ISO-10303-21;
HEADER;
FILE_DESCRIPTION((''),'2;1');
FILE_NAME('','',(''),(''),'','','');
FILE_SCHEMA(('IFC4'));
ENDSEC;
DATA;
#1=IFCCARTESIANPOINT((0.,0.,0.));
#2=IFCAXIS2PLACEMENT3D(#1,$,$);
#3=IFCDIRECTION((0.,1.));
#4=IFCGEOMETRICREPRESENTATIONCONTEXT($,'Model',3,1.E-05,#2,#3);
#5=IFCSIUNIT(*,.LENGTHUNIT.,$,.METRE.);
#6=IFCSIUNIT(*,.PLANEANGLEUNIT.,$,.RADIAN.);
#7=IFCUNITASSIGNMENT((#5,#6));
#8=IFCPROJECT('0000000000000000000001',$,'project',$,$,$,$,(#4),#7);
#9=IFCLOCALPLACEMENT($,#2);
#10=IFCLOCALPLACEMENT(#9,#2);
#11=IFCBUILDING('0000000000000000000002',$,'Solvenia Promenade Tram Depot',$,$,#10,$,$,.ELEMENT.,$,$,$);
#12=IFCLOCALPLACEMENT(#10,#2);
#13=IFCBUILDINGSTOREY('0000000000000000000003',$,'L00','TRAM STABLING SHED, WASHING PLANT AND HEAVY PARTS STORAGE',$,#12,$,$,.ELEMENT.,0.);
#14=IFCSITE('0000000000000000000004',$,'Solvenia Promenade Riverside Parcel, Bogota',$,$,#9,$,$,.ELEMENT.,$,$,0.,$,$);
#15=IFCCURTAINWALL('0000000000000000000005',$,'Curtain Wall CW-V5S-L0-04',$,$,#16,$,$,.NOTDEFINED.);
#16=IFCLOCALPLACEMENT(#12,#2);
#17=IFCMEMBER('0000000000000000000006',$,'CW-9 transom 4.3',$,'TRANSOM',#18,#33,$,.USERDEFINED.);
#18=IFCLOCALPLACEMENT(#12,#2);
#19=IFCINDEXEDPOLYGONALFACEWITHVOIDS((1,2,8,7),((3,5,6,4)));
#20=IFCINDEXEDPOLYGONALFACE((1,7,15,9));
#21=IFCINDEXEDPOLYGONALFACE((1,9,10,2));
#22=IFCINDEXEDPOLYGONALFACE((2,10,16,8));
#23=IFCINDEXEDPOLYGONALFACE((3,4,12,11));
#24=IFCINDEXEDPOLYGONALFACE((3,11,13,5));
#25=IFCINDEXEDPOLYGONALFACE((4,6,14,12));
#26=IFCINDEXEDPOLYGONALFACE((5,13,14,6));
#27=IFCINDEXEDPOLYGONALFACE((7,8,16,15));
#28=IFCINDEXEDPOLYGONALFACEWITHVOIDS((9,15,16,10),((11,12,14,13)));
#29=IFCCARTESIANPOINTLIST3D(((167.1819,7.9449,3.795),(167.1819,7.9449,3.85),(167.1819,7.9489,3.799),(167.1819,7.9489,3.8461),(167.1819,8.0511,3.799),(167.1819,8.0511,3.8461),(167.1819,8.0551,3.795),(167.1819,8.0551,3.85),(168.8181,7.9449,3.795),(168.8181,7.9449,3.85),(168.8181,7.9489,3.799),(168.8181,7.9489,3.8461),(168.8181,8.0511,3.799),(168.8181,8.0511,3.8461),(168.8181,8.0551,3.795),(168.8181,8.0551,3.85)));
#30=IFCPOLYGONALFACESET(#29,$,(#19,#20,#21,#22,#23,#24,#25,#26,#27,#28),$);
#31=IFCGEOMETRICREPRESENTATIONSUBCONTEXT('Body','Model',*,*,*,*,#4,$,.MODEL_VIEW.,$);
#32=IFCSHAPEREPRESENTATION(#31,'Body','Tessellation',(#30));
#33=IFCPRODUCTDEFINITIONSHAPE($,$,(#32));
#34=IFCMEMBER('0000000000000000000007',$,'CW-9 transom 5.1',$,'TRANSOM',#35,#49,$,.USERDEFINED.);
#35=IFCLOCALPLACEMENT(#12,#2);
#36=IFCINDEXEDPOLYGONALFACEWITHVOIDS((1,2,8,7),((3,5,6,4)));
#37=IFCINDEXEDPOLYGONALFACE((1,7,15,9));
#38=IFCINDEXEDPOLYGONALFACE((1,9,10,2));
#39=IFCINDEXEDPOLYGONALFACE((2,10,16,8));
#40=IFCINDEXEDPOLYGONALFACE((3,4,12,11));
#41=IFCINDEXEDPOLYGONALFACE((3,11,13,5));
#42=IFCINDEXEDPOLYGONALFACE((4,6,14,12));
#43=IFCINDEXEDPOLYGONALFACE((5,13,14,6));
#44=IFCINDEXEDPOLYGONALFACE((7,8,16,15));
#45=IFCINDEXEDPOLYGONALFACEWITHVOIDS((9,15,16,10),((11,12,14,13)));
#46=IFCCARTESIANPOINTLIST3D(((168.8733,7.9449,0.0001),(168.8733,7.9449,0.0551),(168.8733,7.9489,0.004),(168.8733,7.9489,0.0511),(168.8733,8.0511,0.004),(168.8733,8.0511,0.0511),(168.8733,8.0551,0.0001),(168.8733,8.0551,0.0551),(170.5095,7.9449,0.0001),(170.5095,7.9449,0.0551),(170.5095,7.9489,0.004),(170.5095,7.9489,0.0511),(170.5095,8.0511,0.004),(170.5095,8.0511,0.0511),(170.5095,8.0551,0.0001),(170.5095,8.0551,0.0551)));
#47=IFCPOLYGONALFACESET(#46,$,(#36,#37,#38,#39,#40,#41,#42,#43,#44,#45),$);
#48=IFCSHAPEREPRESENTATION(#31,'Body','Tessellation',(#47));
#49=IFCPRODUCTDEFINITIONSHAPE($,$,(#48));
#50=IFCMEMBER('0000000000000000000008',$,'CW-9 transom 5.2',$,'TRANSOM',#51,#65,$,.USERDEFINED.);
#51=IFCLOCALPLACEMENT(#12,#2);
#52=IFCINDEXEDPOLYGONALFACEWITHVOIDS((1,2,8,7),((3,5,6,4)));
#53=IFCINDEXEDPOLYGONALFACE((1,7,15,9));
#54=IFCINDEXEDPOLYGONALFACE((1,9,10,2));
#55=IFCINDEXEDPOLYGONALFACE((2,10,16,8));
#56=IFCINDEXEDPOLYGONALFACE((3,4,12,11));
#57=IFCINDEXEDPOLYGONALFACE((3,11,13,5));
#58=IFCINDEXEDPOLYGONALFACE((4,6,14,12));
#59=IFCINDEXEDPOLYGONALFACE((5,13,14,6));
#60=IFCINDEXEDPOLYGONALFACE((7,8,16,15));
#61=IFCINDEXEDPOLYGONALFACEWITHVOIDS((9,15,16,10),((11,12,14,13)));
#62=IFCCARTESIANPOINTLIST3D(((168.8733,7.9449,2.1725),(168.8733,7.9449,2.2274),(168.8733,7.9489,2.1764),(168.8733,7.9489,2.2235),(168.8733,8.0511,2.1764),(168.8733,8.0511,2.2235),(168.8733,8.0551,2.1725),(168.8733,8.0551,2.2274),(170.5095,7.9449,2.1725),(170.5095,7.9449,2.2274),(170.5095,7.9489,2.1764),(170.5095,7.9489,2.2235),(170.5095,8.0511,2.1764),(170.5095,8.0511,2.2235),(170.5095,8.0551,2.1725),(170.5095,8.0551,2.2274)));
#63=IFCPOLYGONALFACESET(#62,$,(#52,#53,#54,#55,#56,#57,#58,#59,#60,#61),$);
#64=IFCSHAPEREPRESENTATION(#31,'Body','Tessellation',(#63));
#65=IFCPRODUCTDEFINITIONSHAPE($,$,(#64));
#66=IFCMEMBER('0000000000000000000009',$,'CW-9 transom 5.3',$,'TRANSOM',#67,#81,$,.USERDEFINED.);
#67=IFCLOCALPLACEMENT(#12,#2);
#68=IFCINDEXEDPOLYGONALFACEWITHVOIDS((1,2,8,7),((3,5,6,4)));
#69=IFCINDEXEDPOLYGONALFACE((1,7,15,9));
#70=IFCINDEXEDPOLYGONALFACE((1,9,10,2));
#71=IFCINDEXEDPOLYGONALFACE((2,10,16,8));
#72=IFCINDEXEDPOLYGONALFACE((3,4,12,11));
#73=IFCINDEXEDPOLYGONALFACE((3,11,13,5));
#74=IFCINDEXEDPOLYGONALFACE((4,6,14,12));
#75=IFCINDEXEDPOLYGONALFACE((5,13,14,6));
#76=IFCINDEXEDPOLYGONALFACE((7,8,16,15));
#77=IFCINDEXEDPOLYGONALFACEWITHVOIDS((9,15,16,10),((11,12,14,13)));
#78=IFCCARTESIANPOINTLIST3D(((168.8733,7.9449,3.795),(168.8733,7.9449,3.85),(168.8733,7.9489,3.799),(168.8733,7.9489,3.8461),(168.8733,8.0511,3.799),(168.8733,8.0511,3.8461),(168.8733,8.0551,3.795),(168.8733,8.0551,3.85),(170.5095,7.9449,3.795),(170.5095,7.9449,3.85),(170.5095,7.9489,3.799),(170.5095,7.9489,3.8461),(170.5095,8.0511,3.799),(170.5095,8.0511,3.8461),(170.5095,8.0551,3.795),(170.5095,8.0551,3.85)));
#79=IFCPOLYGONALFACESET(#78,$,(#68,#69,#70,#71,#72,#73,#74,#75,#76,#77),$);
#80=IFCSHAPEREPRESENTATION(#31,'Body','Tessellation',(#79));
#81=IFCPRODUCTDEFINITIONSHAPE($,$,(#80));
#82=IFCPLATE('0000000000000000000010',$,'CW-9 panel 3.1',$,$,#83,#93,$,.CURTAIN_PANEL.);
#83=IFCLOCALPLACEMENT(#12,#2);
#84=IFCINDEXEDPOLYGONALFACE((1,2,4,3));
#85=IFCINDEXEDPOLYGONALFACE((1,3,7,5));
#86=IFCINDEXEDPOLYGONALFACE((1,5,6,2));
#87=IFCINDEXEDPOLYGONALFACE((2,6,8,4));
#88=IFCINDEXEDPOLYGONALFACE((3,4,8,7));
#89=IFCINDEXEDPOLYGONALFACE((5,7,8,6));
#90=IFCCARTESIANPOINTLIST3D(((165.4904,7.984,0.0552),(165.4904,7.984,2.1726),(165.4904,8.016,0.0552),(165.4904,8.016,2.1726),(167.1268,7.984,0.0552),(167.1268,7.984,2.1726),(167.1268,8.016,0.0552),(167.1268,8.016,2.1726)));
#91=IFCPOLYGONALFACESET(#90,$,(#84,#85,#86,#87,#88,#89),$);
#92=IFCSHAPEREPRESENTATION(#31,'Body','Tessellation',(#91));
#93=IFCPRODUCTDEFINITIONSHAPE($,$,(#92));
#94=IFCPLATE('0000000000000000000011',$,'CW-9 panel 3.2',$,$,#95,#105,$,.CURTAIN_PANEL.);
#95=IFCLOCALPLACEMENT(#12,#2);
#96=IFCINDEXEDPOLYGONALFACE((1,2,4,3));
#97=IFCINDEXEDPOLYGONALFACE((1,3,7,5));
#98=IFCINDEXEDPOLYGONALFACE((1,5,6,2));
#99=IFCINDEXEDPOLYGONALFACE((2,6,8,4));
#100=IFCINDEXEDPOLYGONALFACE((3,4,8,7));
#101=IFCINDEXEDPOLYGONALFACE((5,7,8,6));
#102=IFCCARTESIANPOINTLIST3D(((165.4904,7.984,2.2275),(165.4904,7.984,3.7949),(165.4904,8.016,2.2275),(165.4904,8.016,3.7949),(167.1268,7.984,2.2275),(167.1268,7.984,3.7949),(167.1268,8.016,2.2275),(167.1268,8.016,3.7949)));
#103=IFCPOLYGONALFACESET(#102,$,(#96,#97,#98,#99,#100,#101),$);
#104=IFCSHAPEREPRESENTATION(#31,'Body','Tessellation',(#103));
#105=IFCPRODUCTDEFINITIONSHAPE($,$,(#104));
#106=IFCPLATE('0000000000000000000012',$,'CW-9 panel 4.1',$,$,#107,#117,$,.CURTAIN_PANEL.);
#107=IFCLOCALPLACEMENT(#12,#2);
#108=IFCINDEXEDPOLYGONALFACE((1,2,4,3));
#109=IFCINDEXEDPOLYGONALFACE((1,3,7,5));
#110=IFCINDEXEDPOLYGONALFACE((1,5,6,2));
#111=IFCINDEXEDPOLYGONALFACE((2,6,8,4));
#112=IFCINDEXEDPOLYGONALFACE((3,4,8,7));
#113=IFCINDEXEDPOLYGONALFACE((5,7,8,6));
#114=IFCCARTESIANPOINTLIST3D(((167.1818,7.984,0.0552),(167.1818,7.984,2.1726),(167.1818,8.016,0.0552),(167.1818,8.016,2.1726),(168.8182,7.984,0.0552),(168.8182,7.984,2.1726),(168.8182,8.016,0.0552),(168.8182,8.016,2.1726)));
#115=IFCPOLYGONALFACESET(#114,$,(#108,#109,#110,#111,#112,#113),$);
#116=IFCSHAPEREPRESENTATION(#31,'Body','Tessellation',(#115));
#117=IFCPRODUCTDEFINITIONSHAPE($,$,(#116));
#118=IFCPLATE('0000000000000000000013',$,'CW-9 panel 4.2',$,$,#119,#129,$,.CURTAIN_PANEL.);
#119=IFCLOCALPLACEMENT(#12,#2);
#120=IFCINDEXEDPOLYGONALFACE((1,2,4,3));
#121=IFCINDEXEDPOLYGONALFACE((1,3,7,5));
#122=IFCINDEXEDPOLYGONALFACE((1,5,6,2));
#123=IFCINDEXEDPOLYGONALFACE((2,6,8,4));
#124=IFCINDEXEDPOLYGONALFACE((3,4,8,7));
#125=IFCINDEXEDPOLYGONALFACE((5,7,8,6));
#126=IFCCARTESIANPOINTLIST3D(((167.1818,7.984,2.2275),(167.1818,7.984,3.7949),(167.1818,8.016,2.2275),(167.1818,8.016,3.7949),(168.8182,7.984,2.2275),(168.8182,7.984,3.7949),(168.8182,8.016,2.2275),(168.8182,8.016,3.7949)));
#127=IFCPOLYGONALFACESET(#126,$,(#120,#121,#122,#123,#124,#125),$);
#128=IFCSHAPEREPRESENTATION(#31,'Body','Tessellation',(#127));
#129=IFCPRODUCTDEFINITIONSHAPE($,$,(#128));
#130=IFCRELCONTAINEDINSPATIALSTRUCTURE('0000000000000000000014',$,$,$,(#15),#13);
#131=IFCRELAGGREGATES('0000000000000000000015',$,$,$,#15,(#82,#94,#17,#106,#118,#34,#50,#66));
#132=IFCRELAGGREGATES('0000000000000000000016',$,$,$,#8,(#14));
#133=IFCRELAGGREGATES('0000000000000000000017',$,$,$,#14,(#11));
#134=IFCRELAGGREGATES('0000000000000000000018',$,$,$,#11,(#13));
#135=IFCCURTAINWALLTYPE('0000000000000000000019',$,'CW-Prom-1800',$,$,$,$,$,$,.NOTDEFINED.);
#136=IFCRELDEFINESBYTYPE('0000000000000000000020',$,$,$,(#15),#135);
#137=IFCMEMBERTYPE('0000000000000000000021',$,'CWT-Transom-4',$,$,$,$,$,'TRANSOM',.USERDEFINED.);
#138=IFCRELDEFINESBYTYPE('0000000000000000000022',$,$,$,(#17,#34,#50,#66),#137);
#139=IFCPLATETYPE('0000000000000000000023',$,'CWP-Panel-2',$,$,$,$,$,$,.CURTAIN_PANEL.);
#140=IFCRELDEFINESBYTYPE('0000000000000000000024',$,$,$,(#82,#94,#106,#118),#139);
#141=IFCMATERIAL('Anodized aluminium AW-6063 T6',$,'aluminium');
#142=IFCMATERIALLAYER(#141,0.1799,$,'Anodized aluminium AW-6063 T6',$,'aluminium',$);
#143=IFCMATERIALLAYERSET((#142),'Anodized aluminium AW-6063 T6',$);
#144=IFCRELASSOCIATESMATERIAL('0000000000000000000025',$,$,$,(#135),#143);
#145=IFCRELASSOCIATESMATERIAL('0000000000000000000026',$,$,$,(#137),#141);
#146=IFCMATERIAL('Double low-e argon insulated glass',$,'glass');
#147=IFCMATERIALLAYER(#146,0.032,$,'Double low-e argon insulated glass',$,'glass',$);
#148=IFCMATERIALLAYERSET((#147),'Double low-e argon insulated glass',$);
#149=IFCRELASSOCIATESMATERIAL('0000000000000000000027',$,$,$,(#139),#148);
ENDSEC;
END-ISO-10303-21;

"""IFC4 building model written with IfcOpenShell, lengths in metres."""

from ifc_helpers import new_model, si_unit, direction, frame, origin, origin_2d, place, context, subcontext, project, spatial, rectangle, hollow_rectangle, extrude, material, layer, layer_set, material_profile, profile_set, type_object, element, aggregate, save


model = new_model("IFC4")

# Units and contexts
model_context = context("Model", 3, precision=1e-05, world=origin(), true_north=direction((0.0, 1.0)))
body_context = subcontext(model_context, "Body", "Model", "MODEL_VIEW")
ifc_project = project(units=[si_unit("LENGTHUNIT", "METRE"), si_unit("PLANEANGLEUNIT", "RADIAN")], contexts=[model_context])

# Site, building, storey
site_placement = place(None, origin())
site = spatial("IfcSite", under=ifc_project, at=site_placement, Name="Solvenia Promenade Riverside Parcel, Bogota", CompositionType="ELEMENT", RefElevation=0.0)
building_placement = place(site_placement, origin())
building = spatial("IfcBuilding", under=site, at=building_placement, Name="Solvenia Promenade Tram Depot", CompositionType="ELEMENT")
storey_placement = place(building_placement, origin())
storey = spatial("IfcBuildingStorey", under=building, at=storey_placement, Name="L00", Description="TRAM STABLING SHED, WASHING PLANT AND HEAVY PARTS STORAGE", CompositionType="ELEMENT", Elevation=0.0)

# Curtain wall, members, plates
ifc_material_1 = material(Name="Anodized aluminium AW-6063 T6", Category="aluminium")
ifc_layer_1 = layer(ifc_material_1, 0.1799, Name="Anodized aluminium AW-6063 T6", Category="aluminium")
ifc_layer_set_1 = layer_set([ifc_layer_1], Name="Anodized aluminium AW-6063 T6")
curtain_wall_type = type_object("IfcCurtainWallType", Name="CW-Prom-1800", PredefinedType="NOTDEFINED", material=ifc_layer_set_1)
curtain_wall_placement = place(storey_placement, origin())
curtain_wall = element("IfcCurtainWall", 1, at=curtain_wall_placement, inside=storey, type_object=curtain_wall_type, Name="Curtain Wall CW-V5S-L0-04", PredefinedType="NOTDEFINED")
ifc_material_profile_1 = material_profile(ifc_material_1, hollow_rectangle(XDim=0.1101, YDim=0.0549, WallThickness=0.0039, at=origin_2d()), Name="ALU-T4", Category="aluminium")
ifc_profile_set_1 = profile_set([ifc_material_profile_1], Name="Anodized aluminium AW-6063 T6")
member_type_1 = type_object("IfcMemberType", Name="CWT-Transom-4", ElementType="TRANSOM", PredefinedType="USERDEFINED", material=ifc_profile_set_1)
member_1_placement = place(storey_placement, frame((167.1819, 8.0, 3.8225), z_axis=(1.0, 0.0, 0.0), x_axis=(0.0, 1.0, 0.0)))
member_1 = element("IfcMember", 2, at=member_1_placement, type_object=member_type_1, Name="CW-9 transom 4.3", ObjectType="TRANSOM", PredefinedType="USERDEFINED", context=body_context, shape_type="SweptSolid", body=[
    extrude(hollow_rectangle(XDim=0.1101, YDim=0.0549, WallThickness=0.0039, at=origin_2d()), origin(), (0.0, 0.0, 1.0), 1.6362),
])
member_2_placement = place(storey_placement, frame((168.8733, 8.0, 0.0276), z_axis=(1.0, 0.0, 0.0), x_axis=(0.0, 1.0, 0.0)))
member_2 = element("IfcMember", 3, at=member_2_placement, type_object=member_type_1, Name="CW-9 transom 5.1", ObjectType="TRANSOM", PredefinedType="USERDEFINED", context=body_context, shape_type="SweptSolid", body=[
    extrude(hollow_rectangle(XDim=0.1101, YDim=0.0549, WallThickness=0.0039, at=origin_2d()), origin(), (0.0, 0.0, 1.0), 1.6362),
])
member_3_placement = place(storey_placement, frame((168.8733, 8.0, 2.2), z_axis=(1.0, 0.0, 0.0), x_axis=(0.0, 1.0, 0.0)))
member_3 = element("IfcMember", 4, at=member_3_placement, type_object=member_type_1, Name="CW-9 transom 5.2", ObjectType="TRANSOM", PredefinedType="USERDEFINED", context=body_context, shape_type="SweptSolid", body=[
    extrude(hollow_rectangle(XDim=0.1101, YDim=0.0549, WallThickness=0.0039, at=origin_2d()), origin(), (0.0, 0.0, 1.0), 1.6362),
])
member_4_placement = place(storey_placement, frame((168.8733, 8.0, 3.8225), z_axis=(1.0, 0.0, 0.0), x_axis=(0.0, 1.0, 0.0)))
member_4 = element("IfcMember", 5, at=member_4_placement, type_object=member_type_1, Name="CW-9 transom 5.3", ObjectType="TRANSOM", PredefinedType="USERDEFINED", context=body_context, shape_type="SweptSolid", body=[
    extrude(hollow_rectangle(XDim=0.1101, YDim=0.0549, WallThickness=0.0039, at=origin_2d()), origin(), (0.0, 0.0, 1.0), 1.6362),
])
ifc_material_2 = material(Name="Double low-e argon insulated glass", Category="glass")
ifc_layer_2 = layer(ifc_material_2, 0.032, Name="Double low-e argon insulated glass", Category="glass")
ifc_layer_set_2 = layer_set([ifc_layer_2], Name="Double low-e argon insulated glass")
plate_type = type_object("IfcPlateType", Name="CWP-Panel-2", PredefinedType="CURTAIN_PANEL", material=ifc_layer_set_2)
plate_1_placement = place(storey_placement, frame((166.3086, 8.0, 0.0552), z_axis=(0.0, 0.0, 1.0), x_axis=(1.0, 0.0, 0.0)))
plate_1 = element("IfcPlate", 6, at=plate_1_placement, type_object=plate_type, Name="CW-9 panel 3.1", PredefinedType="CURTAIN_PANEL", context=body_context, shape_type="SweptSolid", body=[
    extrude(rectangle(XDim=1.6365, YDim=0.032, at=origin_2d()), origin(), (0.0, 0.0, 1.0), 2.1174),
])
plate_2_placement = place(storey_placement, frame((166.3086, 8.0, 2.2275), z_axis=(0.0, 0.0, 1.0), x_axis=(1.0, 0.0, 0.0)))
plate_2 = element("IfcPlate", 7, at=plate_2_placement, type_object=plate_type, Name="CW-9 panel 3.2", PredefinedType="CURTAIN_PANEL", context=body_context, shape_type="SweptSolid", body=[
    extrude(rectangle(XDim=1.6365, YDim=0.032, at=origin_2d()), origin(), (0.0, 0.0, 1.0), 1.5674),
])
plate_3_placement = place(storey_placement, frame((168.0, 8.0, 0.0552), z_axis=(0.0, 0.0, 1.0), x_axis=(1.0, 0.0, 0.0)))
plate_3 = element("IfcPlate", 8, at=plate_3_placement, type_object=plate_type, Name="CW-9 panel 4.1", PredefinedType="CURTAIN_PANEL", context=body_context, shape_type="SweptSolid", body=[
    extrude(rectangle(XDim=1.6365, YDim=0.032, at=origin_2d()), origin(), (0.0, 0.0, 1.0), 2.1174),
])
plate_4_placement = place(storey_placement, frame((168.0, 8.0, 2.2275), z_axis=(0.0, 0.0, 1.0), x_axis=(1.0, 0.0, 0.0)))
plate_4 = element("IfcPlate", 9, at=plate_4_placement, type_object=plate_type, Name="CW-9 panel 4.2", PredefinedType="CURTAIN_PANEL", context=body_context, shape_type="SweptSolid", body=[
    extrude(rectangle(XDim=1.6365, YDim=0.032, at=origin_2d()), origin(), (0.0, 0.0, 1.0), 1.5674),
])
aggregate(curtain_wall, [plate_1, plate_2, member_1, plate_3, plate_4, member_2, member_3, member_4])

save(model, "model.ifc")
